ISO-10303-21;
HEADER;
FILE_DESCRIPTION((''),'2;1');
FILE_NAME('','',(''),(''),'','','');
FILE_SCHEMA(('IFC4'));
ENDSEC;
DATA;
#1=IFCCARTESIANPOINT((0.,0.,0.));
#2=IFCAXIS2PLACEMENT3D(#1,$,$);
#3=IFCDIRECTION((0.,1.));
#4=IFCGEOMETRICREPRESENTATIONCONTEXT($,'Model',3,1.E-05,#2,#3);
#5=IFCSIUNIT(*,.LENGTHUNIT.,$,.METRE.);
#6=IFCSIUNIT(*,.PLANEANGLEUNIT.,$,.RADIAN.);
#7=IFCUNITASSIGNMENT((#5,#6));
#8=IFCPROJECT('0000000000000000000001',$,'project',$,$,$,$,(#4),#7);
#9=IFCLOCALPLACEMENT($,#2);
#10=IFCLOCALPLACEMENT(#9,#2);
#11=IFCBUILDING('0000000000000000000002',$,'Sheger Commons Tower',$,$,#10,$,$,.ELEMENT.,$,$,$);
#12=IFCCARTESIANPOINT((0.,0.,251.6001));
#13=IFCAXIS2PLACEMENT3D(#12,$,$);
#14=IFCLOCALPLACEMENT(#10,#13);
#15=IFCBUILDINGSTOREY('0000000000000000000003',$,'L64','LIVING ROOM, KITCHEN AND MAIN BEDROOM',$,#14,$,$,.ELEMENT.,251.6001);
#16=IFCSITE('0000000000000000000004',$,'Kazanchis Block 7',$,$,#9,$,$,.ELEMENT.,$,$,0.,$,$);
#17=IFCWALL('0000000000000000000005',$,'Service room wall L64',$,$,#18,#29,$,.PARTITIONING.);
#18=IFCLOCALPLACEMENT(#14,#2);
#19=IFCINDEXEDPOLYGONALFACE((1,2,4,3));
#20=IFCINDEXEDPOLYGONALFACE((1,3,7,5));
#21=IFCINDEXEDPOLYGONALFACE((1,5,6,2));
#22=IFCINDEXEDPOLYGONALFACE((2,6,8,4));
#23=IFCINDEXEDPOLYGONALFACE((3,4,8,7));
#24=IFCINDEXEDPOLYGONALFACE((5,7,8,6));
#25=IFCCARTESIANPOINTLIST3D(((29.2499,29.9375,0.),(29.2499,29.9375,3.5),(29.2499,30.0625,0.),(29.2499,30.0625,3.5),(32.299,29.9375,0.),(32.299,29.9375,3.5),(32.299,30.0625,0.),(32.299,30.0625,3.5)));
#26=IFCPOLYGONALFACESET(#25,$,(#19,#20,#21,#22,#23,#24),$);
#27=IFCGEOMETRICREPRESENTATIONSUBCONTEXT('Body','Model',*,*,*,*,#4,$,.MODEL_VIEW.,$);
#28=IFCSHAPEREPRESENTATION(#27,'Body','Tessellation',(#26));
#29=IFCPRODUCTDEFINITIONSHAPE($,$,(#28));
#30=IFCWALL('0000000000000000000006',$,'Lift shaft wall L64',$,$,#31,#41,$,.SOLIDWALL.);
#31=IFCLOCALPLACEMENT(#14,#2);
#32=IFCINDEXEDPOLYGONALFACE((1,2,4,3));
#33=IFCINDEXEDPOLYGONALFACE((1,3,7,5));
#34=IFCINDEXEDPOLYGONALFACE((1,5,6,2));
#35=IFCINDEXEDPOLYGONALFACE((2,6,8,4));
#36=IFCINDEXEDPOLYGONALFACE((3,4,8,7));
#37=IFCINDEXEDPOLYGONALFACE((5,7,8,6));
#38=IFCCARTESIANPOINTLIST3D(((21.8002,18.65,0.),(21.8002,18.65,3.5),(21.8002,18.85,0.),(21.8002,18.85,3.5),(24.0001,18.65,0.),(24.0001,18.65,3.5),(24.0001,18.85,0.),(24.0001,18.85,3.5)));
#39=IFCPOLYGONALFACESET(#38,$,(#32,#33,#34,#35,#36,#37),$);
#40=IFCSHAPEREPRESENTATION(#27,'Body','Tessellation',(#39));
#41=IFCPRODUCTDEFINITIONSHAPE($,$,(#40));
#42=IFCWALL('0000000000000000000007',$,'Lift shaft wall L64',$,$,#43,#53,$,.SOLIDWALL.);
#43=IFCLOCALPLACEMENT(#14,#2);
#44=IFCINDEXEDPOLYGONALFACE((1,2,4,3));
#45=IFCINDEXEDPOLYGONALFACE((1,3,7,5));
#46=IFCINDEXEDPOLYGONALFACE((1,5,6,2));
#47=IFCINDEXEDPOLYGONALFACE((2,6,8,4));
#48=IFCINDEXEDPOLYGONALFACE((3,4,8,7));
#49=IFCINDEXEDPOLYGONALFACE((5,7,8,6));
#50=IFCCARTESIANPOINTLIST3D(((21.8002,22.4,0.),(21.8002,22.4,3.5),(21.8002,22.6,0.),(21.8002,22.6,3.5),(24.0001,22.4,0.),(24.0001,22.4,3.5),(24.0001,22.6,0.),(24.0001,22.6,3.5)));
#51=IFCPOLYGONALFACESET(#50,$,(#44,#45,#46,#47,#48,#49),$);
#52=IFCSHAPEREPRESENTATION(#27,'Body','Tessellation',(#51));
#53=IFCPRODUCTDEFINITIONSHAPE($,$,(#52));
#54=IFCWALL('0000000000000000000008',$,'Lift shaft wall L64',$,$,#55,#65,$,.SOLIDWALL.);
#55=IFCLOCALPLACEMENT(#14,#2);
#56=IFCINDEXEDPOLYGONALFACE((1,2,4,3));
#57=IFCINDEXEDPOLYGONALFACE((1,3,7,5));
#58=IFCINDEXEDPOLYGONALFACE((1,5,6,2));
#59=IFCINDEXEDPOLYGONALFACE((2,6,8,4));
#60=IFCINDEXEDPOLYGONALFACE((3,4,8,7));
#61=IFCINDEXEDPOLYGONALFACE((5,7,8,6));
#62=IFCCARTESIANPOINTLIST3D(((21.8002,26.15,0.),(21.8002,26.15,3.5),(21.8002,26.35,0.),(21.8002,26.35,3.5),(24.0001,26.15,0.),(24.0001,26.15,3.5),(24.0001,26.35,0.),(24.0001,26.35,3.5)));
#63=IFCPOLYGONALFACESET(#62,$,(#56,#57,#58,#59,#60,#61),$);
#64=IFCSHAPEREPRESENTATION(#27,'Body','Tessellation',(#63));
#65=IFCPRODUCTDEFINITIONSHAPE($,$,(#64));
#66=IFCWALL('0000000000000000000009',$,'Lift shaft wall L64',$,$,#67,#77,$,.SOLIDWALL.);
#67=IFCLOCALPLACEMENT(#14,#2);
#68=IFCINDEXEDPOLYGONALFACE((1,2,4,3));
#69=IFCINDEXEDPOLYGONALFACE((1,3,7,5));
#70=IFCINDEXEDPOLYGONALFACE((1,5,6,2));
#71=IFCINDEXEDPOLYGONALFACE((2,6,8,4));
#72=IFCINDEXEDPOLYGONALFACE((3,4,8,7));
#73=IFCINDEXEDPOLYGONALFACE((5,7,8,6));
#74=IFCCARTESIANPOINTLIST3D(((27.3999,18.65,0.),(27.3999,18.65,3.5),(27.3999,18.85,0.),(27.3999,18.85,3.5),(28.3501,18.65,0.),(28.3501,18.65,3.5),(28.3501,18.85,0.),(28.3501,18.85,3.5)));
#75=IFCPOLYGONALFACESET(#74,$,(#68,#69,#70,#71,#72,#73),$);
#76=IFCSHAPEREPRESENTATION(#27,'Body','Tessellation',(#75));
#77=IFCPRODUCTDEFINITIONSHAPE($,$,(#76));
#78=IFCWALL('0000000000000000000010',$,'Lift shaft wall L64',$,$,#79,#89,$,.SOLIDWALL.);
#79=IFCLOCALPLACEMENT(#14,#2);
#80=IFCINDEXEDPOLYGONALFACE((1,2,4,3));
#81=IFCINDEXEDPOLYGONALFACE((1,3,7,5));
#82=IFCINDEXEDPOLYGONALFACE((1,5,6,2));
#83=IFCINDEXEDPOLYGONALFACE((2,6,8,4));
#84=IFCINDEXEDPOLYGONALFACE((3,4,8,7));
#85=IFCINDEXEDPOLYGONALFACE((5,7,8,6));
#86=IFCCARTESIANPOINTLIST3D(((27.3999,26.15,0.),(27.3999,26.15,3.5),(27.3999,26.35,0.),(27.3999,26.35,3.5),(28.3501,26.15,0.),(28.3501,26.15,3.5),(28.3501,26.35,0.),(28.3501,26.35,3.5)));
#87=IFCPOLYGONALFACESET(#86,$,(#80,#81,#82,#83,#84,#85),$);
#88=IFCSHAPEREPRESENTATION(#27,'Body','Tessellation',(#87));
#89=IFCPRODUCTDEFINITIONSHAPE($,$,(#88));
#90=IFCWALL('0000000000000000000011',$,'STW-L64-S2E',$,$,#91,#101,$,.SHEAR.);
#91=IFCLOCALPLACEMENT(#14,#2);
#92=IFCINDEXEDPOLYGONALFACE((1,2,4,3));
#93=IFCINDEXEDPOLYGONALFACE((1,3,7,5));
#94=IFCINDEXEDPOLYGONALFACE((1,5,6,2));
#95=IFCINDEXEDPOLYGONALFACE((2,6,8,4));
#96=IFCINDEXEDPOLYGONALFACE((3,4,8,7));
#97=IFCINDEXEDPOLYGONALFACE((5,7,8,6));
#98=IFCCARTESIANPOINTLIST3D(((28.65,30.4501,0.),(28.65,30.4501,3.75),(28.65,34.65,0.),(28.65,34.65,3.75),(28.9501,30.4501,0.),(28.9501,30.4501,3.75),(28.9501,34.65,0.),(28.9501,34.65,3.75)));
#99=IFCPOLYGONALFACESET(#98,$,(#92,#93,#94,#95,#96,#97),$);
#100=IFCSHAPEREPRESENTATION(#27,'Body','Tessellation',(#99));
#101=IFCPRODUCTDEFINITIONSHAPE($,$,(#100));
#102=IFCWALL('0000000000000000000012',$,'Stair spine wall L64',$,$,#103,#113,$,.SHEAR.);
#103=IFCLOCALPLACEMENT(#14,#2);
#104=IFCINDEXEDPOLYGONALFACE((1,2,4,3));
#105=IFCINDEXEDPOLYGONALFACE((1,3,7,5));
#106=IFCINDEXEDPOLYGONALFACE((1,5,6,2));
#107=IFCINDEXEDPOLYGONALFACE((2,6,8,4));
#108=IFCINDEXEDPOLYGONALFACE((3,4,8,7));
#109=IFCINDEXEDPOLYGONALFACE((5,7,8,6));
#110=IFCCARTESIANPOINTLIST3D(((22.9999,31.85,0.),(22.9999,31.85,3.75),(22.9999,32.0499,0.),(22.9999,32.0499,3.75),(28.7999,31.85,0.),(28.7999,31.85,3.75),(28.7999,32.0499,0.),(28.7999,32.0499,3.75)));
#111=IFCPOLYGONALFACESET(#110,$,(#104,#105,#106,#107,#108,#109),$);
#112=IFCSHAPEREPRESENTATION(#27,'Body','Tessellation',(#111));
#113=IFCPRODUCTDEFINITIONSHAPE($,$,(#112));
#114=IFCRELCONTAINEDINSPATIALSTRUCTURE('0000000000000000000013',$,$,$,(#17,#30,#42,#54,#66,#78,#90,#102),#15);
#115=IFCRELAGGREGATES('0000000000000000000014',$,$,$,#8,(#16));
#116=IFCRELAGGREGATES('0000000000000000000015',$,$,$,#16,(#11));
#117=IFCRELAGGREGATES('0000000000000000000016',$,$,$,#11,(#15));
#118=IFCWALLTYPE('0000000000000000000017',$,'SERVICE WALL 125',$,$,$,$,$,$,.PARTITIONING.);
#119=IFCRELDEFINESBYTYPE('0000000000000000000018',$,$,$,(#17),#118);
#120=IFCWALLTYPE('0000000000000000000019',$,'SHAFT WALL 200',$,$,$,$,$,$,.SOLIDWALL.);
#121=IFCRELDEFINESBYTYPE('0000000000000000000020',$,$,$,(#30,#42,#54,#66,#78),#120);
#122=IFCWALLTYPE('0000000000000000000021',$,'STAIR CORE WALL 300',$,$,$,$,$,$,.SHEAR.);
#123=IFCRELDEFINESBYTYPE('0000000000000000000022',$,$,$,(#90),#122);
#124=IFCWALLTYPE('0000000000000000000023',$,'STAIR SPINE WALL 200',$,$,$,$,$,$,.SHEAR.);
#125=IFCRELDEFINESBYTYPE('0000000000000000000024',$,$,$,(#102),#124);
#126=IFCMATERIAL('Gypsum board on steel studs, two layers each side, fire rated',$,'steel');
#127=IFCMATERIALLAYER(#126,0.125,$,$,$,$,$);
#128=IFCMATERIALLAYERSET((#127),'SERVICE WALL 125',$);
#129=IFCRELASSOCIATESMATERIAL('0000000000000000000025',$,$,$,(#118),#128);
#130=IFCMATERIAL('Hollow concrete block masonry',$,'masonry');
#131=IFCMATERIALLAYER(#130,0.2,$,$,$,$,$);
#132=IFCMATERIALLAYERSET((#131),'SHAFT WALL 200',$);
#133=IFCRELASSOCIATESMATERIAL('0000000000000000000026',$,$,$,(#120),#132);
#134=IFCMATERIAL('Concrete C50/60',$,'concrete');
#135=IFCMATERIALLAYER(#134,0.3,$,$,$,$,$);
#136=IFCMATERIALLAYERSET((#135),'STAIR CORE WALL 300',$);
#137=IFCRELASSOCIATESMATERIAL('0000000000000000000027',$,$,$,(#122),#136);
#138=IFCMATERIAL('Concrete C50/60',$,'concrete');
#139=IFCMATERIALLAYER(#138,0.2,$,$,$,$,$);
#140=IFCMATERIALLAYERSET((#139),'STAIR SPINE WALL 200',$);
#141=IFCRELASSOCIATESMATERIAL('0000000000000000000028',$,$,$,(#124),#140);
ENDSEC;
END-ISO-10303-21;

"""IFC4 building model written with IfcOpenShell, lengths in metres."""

from ifc_helpers import new_model, si_unit, direction, frame, frame_2d, origin, place, context, subcontext, project, spatial, rectangle, extrude, material, layer, layer_set, type_object, element, save


model = new_model("IFC4")

# Units and contexts
model_context = context("Model", 3, precision=1e-05, world=origin(), true_north=direction((0.0, 1.0)))
body_context = subcontext(model_context, "Body", "Model", "MODEL_VIEW")
ifc_project = project(units=[si_unit("LENGTHUNIT", "METRE"), si_unit("PLANEANGLEUNIT", "RADIAN")], contexts=[model_context])

# Site, building, storey
site_placement = place(None, origin())
site = spatial("IfcSite", under=ifc_project, at=site_placement, Name="Kazanchis Block 7", CompositionType="ELEMENT", RefElevation=0.0)
building_placement = place(site_placement, origin())
building = spatial("IfcBuilding", under=site, at=building_placement, Name="Sheger Commons Tower", CompositionType="ELEMENT")
storey_placement = place(building_placement, frame((0.0, 0.0, 251.6001)))
storey = spatial("IfcBuildingStorey", under=building, at=storey_placement, Name="L64", Description="LIVING ROOM, KITCHEN AND MAIN BEDROOM", CompositionType="ELEMENT", Elevation=251.6001)

# Walls
ifc_material_1 = material(Name="Gypsum board on steel studs, two layers each side, fire rated", Category="steel")
ifc_layer_1 = layer(ifc_material_1, 0.125)
ifc_layer_set_1 = layer_set([ifc_layer_1], Name="SERVICE WALL 125")
wall_type_1 = type_object("IfcWallType", Name="SERVICE WALL 125", PredefinedType="PARTITIONING", material=ifc_layer_set_1)
for number, where, z_axis, x_axis, name in (
    (1, (29.25, 30.0, 0.0), (0.0, 0.0, 1.0), (1.0, 0.0, 0.0), "Service room wall L64"),
):
    element("IfcWall", number, at=place(storey_placement, frame(where, z_axis=z_axis, x_axis=x_axis)), inside=storey, type_object=wall_type_1, Name=name, PredefinedType="PARTITIONING", context=body_context, shape_type="SweptSolid", body=[
        extrude(rectangle(XDim=3.0491, YDim=0.125, at=frame_2d((1.5244, 0.0))), origin(), (0.0, 0.0, 1.0), 3.5),
    ])
ifc_material_2 = material(Name="Hollow concrete block masonry", Category="masonry")
ifc_layer_2 = layer(ifc_material_2, 0.2)
ifc_layer_set_2 = layer_set([ifc_layer_2], Name="SHAFT WALL 200")
wall_type_2 = type_object("IfcWallType", Name="SHAFT WALL 200", PredefinedType="SOLIDWALL", material=ifc_layer_set_2)
for number, where, z_axis, x_axis, name in (
    (2, (21.8, 18.75, 0.0), (0.0, 0.0, 1.0), (1.0, 0.0, 0.0), "Lift shaft wall L64"),
    (3, (21.8, 22.5, 0.0), (0.0, 0.0, 1.0), (1.0, 0.0, 0.0), "Lift shaft wall L64"),
    (4, (21.8, 26.25, 0.0), (0.0, 0.0, 1.0), (1.0, 0.0, 0.0), "Lift shaft wall L64"),
):
    element("IfcWall", number, at=place(storey_placement, frame(where, z_axis=z_axis, x_axis=x_axis)), inside=storey, type_object=wall_type_2, Name=name, PredefinedType="SOLIDWALL", context=body_context, shape_type="SweptSolid", body=[
        extrude(rectangle(XDim=2.2, YDim=0.2, at=frame_2d((1.1001, 0.0))), origin(), (0.0, 0.0, 1.0), 3.5),
    ])
for number, where, z_axis, x_axis, name in (
    (5, (27.3999, 18.75, 0.0), (0.0, 0.0, 1.0), (1.0, 0.0, 0.0), "Lift shaft wall L64"),
    (6, (27.3999, 26.25, 0.0), (0.0, 0.0, 1.0), (1.0, 0.0, 0.0), "Lift shaft wall L64"),
):
    element("IfcWall", number, at=place(storey_placement, frame(where, z_axis=z_axis, x_axis=x_axis)), inside=storey, type_object=wall_type_2, Name=name, PredefinedType="SOLIDWALL", context=body_context, shape_type="SweptSolid", body=[
        extrude(rectangle(XDim=0.9502, YDim=0.2, at=frame_2d((0.4751, 0.0))), origin(), (0.0, 0.0, 1.0), 3.5),
    ])
ifc_material_3 = material(Name="Concrete C50/60", Category="concrete")
ifc_layer_3 = layer(ifc_material_3, 0.3)
ifc_layer_set_3 = layer_set([ifc_layer_3], Name="STAIR CORE WALL 300")
wall_type_3 = type_object("IfcWallType", Name="STAIR CORE WALL 300", PredefinedType="SHEAR", material=ifc_layer_set_3)
wall_1_placement = place(storey_placement, frame((28.8, 30.45, 0.0), z_axis=(0.0, 0.0, 1.0), x_axis=(0.0, 1.0, 0.0)))
element("IfcWall", 7, at=wall_1_placement, inside=storey, type_object=wall_type_3, Name="STW-L64-S2E", PredefinedType="SHEAR", context=body_context, shape_type="SweptSolid", body=[
    extrude(rectangle(XDim=4.2, YDim=0.3, at=frame_2d((2.1001, 0.0))), origin(), (0.0, 0.0, 1.0), 3.75),
])
ifc_material_4 = material(Name="Concrete C50/60", Category="concrete")
ifc_layer_4 = layer(ifc_material_4, 0.2)
ifc_layer_set_4 = layer_set([ifc_layer_4], Name="STAIR SPINE WALL 200")
wall_type_4 = type_object("IfcWallType", Name="STAIR SPINE WALL 200", PredefinedType="SHEAR", material=ifc_layer_set_4)
wall_2_placement = place(storey_placement, frame((23.0, 31.95, 0.0), z_axis=(0.0, 0.0, 1.0), x_axis=(1.0, 0.0, 0.0)))
element("IfcWall", 8, at=wall_2_placement, inside=storey, type_object=wall_type_4, Name="Stair spine wall L64", PredefinedType="SHEAR", context=body_context, shape_type="SweptSolid", body=[
    extrude(rectangle(XDim=5.8, YDim=0.2, at=frame_2d((2.8999, 0.0))), origin(), (0.0, 0.0, 1.0), 3.75),
])

save(model, "model.ifc")
